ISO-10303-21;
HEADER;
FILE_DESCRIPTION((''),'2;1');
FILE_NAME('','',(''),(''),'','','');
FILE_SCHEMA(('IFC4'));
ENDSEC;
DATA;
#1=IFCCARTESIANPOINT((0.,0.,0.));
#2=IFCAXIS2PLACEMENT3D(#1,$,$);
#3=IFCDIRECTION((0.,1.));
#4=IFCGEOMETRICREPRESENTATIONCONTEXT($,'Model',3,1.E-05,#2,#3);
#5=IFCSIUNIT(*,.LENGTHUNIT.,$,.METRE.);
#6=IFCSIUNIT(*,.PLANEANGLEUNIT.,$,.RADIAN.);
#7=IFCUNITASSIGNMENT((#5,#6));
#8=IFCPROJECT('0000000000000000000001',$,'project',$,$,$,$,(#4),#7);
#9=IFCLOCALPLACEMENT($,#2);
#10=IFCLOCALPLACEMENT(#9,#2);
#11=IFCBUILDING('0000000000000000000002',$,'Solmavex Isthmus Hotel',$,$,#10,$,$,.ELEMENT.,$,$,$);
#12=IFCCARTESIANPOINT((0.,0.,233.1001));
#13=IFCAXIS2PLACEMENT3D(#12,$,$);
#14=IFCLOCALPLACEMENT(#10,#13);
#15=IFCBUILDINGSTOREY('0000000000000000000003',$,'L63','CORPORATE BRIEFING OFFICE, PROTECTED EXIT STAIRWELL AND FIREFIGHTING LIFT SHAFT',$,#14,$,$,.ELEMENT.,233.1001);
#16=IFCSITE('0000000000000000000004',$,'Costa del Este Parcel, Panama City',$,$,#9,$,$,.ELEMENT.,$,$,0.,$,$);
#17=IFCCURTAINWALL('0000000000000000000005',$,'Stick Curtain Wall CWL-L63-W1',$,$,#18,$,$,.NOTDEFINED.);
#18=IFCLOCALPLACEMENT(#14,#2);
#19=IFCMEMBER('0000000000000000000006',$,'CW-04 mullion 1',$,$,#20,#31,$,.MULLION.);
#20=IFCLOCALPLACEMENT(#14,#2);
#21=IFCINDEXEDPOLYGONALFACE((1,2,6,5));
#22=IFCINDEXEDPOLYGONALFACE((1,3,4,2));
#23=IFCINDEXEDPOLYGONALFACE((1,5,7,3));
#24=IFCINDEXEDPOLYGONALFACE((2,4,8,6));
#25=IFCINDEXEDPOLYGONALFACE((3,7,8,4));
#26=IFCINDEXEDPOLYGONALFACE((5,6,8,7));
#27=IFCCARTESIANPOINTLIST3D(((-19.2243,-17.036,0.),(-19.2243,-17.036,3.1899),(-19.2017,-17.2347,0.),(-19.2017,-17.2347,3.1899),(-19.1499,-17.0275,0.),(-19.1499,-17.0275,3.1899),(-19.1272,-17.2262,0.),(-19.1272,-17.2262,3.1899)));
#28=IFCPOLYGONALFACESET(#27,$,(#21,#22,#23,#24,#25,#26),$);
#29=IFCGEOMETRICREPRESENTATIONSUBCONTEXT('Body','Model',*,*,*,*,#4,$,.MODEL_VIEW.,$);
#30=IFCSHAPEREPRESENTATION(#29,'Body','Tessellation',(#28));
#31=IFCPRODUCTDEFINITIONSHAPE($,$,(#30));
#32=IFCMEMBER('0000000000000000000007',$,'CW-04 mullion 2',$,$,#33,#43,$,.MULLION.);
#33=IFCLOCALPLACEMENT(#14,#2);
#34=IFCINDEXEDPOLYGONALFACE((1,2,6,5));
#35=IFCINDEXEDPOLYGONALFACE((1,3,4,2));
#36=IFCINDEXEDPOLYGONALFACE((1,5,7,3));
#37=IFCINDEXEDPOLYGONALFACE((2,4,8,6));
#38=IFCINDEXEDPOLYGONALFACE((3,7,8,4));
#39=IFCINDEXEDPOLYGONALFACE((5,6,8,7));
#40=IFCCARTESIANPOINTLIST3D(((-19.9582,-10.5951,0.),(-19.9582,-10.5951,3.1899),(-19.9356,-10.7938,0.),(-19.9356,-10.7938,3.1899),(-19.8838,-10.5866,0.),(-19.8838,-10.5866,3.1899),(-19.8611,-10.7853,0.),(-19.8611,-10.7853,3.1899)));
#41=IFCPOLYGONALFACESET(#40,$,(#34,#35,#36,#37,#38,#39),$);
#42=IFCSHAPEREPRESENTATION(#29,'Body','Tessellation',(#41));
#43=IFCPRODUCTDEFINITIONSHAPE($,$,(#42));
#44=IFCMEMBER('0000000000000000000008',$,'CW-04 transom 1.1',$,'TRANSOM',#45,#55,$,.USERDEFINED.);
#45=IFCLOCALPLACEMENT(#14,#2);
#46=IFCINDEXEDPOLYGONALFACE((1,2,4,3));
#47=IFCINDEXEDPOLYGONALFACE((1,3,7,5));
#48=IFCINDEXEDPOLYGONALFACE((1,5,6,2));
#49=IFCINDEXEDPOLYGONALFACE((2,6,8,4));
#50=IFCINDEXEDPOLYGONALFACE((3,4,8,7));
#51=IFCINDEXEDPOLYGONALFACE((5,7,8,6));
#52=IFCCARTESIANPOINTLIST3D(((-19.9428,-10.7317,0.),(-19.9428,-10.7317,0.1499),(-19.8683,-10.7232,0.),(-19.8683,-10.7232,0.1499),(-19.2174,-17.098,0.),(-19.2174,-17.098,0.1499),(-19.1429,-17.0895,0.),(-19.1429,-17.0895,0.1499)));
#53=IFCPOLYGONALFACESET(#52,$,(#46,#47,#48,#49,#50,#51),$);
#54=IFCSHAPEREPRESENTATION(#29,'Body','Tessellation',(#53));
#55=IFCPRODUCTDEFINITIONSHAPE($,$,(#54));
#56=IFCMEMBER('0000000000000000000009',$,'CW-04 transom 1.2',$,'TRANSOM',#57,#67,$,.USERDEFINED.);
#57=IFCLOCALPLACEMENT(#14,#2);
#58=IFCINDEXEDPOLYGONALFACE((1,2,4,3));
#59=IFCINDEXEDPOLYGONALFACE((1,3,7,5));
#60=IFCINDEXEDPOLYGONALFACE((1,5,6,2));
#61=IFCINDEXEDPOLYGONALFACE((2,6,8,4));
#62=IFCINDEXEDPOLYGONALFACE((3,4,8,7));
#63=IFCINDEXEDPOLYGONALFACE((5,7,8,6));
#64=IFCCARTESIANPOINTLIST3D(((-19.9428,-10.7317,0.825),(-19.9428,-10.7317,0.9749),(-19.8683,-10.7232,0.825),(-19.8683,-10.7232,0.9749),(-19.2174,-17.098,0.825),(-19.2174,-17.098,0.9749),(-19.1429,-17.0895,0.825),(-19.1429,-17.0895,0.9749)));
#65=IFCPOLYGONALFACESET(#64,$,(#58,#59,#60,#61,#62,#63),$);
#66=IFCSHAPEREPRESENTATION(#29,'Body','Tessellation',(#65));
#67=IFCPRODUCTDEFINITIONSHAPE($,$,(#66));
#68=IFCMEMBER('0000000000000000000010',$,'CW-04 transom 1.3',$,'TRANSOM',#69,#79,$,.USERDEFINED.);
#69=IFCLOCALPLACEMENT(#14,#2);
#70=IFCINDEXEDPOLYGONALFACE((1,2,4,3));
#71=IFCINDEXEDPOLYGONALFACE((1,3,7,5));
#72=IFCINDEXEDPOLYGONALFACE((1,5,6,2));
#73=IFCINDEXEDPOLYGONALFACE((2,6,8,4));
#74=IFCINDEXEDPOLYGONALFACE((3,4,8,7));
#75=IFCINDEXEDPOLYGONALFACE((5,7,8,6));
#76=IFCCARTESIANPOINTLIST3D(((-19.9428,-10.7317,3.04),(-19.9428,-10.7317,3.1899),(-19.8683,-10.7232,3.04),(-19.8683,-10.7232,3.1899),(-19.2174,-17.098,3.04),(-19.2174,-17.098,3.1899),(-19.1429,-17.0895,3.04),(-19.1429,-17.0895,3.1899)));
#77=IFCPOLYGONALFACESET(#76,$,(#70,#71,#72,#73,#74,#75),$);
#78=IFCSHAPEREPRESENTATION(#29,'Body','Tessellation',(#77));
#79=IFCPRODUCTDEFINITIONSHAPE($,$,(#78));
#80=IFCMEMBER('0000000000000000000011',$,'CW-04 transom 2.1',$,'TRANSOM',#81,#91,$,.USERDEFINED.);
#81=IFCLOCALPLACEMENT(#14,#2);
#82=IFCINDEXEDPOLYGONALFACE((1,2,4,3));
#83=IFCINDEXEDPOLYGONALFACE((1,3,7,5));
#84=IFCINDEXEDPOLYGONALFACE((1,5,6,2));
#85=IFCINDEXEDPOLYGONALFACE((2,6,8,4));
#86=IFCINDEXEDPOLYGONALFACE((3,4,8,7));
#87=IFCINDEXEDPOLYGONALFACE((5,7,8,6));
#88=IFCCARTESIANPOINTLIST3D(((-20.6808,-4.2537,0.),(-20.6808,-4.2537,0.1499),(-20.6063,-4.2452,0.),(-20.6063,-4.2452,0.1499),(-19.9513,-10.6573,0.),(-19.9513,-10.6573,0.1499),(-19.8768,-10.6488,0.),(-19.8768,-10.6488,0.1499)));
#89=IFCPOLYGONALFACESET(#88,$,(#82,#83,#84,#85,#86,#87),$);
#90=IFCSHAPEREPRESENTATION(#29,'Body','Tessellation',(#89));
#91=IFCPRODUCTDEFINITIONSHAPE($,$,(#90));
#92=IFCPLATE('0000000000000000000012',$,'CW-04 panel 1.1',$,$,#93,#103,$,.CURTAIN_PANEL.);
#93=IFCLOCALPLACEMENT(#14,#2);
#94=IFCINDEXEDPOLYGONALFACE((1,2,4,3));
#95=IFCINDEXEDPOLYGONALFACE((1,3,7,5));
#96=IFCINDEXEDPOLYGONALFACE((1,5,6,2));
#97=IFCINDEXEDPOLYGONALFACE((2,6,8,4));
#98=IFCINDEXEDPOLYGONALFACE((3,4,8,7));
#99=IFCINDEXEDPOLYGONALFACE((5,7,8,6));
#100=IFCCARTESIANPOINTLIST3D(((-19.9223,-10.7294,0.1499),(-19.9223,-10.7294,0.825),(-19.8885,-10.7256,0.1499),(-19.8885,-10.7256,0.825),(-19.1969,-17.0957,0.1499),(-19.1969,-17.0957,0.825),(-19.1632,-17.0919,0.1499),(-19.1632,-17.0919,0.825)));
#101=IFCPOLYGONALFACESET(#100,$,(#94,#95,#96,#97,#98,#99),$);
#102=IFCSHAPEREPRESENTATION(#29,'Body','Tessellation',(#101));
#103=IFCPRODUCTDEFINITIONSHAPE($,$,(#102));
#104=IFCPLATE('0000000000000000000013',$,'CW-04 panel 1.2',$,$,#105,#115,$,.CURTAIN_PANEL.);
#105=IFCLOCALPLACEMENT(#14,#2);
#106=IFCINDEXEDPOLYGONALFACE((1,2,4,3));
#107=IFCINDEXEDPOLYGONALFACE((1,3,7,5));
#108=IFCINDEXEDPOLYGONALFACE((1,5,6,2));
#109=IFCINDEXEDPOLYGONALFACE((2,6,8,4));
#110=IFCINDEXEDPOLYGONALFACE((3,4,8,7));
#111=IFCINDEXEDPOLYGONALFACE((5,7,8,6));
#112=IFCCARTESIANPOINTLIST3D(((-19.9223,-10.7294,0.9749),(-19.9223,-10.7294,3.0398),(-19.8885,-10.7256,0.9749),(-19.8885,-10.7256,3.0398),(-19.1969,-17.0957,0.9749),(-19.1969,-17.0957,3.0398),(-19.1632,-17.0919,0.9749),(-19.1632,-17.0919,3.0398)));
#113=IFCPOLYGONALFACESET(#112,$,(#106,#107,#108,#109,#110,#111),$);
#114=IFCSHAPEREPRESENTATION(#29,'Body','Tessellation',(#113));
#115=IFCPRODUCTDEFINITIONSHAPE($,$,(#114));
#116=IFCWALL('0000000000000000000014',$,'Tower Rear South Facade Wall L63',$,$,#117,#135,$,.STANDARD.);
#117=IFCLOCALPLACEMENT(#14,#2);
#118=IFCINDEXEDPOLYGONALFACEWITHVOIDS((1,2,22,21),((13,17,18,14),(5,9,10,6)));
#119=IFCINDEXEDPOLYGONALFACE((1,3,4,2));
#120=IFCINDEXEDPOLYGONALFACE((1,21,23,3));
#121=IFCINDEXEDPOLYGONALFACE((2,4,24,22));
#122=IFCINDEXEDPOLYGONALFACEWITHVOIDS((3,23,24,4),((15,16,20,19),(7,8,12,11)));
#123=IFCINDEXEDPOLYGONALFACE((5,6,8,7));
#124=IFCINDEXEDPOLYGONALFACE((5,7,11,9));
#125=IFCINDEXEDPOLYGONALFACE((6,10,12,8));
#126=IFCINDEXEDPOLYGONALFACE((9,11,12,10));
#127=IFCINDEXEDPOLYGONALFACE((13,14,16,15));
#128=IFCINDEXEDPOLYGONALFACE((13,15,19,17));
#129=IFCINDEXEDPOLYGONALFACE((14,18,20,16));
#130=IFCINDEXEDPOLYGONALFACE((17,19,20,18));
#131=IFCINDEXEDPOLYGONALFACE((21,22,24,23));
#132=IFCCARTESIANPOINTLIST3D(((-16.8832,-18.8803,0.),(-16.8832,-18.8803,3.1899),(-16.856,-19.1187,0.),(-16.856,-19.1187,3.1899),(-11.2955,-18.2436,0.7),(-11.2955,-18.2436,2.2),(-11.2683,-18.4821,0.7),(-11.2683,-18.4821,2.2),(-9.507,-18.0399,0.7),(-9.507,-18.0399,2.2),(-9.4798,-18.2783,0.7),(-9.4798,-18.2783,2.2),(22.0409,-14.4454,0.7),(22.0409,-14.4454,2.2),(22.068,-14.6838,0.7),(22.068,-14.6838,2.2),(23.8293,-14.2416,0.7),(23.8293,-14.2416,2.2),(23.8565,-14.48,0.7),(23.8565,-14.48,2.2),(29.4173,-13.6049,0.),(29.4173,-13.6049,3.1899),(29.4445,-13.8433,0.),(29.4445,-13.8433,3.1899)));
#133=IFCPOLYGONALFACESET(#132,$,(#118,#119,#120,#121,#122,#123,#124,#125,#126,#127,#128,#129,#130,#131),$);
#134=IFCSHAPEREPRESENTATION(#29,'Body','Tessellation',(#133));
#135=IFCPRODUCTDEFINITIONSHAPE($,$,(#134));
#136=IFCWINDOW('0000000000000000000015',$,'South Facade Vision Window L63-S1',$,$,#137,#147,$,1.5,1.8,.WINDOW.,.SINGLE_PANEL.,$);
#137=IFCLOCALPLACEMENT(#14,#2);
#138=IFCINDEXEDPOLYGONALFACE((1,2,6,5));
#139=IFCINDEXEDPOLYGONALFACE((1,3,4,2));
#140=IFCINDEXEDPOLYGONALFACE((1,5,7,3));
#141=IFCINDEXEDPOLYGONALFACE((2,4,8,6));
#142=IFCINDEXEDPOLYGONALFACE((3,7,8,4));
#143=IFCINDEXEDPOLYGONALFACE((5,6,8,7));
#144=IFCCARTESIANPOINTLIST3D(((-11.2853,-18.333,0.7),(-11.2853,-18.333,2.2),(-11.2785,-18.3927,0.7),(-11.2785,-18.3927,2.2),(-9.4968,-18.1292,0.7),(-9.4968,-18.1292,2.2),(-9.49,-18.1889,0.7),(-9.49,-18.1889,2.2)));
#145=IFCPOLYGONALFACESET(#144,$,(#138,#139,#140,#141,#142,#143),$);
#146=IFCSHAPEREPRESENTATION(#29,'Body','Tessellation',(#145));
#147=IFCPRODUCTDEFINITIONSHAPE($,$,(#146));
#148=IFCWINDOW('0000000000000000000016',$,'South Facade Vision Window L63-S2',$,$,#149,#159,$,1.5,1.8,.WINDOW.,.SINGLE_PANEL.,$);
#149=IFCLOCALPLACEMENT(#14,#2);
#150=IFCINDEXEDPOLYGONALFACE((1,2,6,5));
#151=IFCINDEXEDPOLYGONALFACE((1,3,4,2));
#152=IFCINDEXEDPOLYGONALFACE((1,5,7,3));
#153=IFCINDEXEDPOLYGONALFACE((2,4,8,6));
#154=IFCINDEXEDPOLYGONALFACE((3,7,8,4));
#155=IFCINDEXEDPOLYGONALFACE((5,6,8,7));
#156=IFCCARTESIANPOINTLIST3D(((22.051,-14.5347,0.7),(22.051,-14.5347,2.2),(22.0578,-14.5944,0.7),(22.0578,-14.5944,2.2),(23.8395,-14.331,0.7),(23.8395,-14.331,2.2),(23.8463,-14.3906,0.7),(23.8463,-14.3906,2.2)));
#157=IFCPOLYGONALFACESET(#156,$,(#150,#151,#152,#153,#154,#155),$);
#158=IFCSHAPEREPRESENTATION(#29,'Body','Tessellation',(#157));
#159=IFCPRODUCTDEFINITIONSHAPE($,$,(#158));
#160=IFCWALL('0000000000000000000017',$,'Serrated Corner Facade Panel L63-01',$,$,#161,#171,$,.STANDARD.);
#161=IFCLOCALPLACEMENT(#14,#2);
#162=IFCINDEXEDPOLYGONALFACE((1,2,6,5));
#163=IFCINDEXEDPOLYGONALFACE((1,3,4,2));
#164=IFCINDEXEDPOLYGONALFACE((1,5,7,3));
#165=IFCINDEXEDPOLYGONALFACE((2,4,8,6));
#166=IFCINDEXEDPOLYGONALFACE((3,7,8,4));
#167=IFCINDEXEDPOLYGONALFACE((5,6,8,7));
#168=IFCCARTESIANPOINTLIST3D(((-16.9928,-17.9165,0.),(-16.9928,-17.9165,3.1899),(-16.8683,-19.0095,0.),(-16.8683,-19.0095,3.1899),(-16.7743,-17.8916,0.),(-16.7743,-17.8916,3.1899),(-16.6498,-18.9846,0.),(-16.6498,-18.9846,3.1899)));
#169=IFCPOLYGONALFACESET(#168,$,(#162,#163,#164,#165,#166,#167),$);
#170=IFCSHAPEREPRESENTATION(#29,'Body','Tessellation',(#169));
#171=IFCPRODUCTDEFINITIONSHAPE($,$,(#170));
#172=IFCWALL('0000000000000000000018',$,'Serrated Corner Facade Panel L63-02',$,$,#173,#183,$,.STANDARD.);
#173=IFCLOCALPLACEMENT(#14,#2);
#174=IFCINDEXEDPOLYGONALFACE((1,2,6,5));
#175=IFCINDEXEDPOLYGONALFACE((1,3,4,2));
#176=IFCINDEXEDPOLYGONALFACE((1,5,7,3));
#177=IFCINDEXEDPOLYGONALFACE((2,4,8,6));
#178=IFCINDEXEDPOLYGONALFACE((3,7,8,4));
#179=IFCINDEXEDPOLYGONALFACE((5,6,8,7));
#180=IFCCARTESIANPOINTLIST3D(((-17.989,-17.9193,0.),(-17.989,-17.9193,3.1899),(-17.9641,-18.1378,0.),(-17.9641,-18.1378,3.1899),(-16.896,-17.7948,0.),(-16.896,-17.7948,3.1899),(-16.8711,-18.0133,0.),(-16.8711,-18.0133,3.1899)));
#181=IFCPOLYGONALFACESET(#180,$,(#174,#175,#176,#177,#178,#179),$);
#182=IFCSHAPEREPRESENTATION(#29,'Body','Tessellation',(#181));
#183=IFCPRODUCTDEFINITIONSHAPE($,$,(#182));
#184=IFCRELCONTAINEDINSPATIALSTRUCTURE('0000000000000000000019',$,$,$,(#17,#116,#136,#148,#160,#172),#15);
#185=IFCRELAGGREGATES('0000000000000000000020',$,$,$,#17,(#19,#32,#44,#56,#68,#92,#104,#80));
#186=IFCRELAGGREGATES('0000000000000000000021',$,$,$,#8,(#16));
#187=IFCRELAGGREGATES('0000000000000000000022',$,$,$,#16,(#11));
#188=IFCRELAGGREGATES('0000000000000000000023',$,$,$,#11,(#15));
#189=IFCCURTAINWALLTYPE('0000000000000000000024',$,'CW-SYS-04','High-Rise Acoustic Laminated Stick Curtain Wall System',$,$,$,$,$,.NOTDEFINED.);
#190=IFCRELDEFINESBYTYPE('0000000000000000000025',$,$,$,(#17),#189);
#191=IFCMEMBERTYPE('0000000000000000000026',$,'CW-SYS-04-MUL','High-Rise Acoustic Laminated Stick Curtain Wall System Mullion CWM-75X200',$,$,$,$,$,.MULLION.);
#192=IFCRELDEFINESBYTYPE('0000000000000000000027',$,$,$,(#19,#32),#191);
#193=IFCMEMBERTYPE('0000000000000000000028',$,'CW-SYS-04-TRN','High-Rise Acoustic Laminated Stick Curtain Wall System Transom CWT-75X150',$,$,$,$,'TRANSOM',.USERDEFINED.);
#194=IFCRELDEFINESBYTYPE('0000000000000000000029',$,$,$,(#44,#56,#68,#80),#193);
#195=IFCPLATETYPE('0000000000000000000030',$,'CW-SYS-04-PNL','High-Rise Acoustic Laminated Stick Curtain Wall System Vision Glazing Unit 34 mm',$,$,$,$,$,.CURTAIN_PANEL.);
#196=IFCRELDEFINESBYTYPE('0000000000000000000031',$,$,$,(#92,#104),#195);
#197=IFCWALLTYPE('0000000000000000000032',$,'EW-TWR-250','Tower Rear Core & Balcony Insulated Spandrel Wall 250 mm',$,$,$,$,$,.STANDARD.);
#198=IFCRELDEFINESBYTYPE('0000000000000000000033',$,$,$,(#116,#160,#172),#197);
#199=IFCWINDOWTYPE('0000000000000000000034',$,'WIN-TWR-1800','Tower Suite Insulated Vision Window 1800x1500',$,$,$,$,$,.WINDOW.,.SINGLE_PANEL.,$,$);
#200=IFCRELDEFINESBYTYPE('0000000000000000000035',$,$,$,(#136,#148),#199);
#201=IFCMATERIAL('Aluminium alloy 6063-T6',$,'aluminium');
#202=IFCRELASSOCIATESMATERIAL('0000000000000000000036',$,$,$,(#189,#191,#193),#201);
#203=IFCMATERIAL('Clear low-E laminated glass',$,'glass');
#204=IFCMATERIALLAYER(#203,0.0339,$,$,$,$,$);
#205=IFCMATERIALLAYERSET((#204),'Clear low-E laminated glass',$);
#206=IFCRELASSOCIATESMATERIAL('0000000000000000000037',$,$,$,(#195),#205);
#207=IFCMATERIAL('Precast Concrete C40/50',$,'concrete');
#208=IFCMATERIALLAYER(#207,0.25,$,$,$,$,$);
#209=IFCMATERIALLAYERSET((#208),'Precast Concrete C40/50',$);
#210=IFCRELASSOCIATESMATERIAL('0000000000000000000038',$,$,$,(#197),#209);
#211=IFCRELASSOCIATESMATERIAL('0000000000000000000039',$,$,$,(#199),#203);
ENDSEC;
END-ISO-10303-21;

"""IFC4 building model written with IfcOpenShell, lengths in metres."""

from ifc_helpers import new_model, si_unit, direction, frame, frame_2d, origin, origin_2d, place, context, subcontext, project, spatial, rectangle, extrude, material, layer, layer_set, material_profile, profile_set, type_object, element, fill, aggregate, save


model = new_model("IFC4")

# Units and contexts
model_context = context("Model", 3, precision=1e-05, world=origin(), true_north=direction((0.0, 1.0)))
body_context = subcontext(model_context, "Body", "Model", "MODEL_VIEW")
ifc_project = project(units=[si_unit("LENGTHUNIT", "METRE"), si_unit("PLANEANGLEUNIT", "RADIAN")], contexts=[model_context])

# Site, building, storey
site_placement = place(None, origin())
site = spatial("IfcSite", under=ifc_project, at=site_placement, Name="Costa del Este Parcel, Panama City", CompositionType="ELEMENT", RefElevation=0.0)
building_placement = place(site_placement, origin())
building = spatial("IfcBuilding", under=site, at=building_placement, Name="Solmavex Isthmus Hotel", CompositionType="ELEMENT")
storey_placement = place(building_placement, frame((0.0, 0.0, 233.1001)))
storey = spatial("IfcBuildingStorey", under=building, at=storey_placement, Name="L63", Description="CORPORATE BRIEFING OFFICE, PROTECTED EXIT STAIRWELL AND FIREFIGHTING LIFT SHAFT", CompositionType="ELEMENT", Elevation=233.1001)

# Curtain wall, members, plates
ifc_material_1 = material(Name="Aluminium alloy 6063-T6", Category="aluminium")
curtain_wall_type = type_object("IfcCurtainWallType", Name="CW-SYS-04", Description="High-Rise Acoustic Laminated Stick Curtain Wall System", PredefinedType="NOTDEFINED", material=ifc_material_1)
curtain_wall_placement = place(storey_placement, origin())
curtain_wall = element("IfcCurtainWall", 1, at=curtain_wall_placement, inside=storey, type_object=curtain_wall_type, Name="Stick Curtain Wall CWL-L63-W1", PredefinedType="NOTDEFINED")
ifc_material_profile_1 = material_profile(ifc_material_1, rectangle(XDim=0.075, YDim=0.2, at=origin_2d()), Name="CWM-75X200")
ifc_profile_set_1 = profile_set([ifc_material_profile_1], Name="Aluminium alloy 6063-T6")
member_type_1 = type_object("IfcMemberType", Name="CW-SYS-04-MUL", Description="High-Rise Acoustic Laminated Stick Curtain Wall System Mullion CWM-75X200", PredefinedType="MULLION", material=ifc_profile_set_1)
member_1_placement = place(storey_placement, frame((-19.1758, -17.1311, 0.0), z_axis=(0.0, 0.0, 1.0), x_axis=(-0.993572, -0.113203, 0.0)))
member_1 = element("IfcMember", 2, at=member_1_placement, type_object=member_type_1, Name="CW-04 mullion 1", PredefinedType="MULLION", context=body_context, shape_type="SweptSolid", body=[
    extrude(rectangle(XDim=0.075, YDim=0.2, at=origin_2d()), origin(), (0.0, 0.0, 1.0), 3.1899),
])
member_2_placement = place(storey_placement, frame((-19.9097, -10.6902, 0.0), z_axis=(0.0, 0.0, 1.0), x_axis=(-0.993572, -0.113203, 0.0)))
member_2 = element("IfcMember", 3, at=member_2_placement, type_object=member_type_1, Name="CW-04 mullion 2", PredefinedType="MULLION", context=body_context, shape_type="SweptSolid", body=[
    extrude(rectangle(XDim=0.075, YDim=0.2, at=origin_2d()), origin(), (0.0, 0.0, 1.0), 3.1899),
])
ifc_material_profile_2 = material_profile(ifc_material_1, rectangle(XDim=0.075, YDim=0.1499, at=origin_2d()), Name="CWT-75X150")
ifc_profile_set_2 = profile_set([ifc_material_profile_2], Name="Aluminium alloy 6063-T6")
member_type_2 = type_object("IfcMemberType", Name="CW-SYS-04-TRN", Description="High-Rise Acoustic Laminated Stick Curtain Wall System Transom CWT-75X150", ElementType="TRANSOM", PredefinedType="USERDEFINED", material=ifc_profile_set_2)
member_3_placement = place(storey_placement, frame((-19.1802, -17.0938, 0.075), z_axis=(-0.113204, 0.993572, 0.0), x_axis=(-0.993572, -0.113204, 0.0)))
member_3 = element("IfcMember", 4, at=member_3_placement, type_object=member_type_2, Name="CW-04 transom 1.1", ObjectType="TRANSOM", PredefinedType="USERDEFINED", context=body_context, shape_type="SweptSolid", body=[
    extrude(rectangle(XDim=0.075, YDim=0.1499, at=origin_2d()), origin(), (0.0, 0.0, 1.0), 6.4075),
])
member_4_placement = place(storey_placement, frame((-19.1802, -17.0938, 0.8999), z_axis=(-0.113204, 0.993572, 0.0), x_axis=(-0.993572, -0.113204, 0.0)))
member_4 = element("IfcMember", 5, at=member_4_placement, type_object=member_type_2, Name="CW-04 transom 1.2", ObjectType="TRANSOM", PredefinedType="USERDEFINED", context=body_context, shape_type="SweptSolid", body=[
    extrude(rectangle(XDim=0.075, YDim=0.1499, at=origin_2d()), origin(), (0.0, 0.0, 1.0), 6.4075),
])
member_5_placement = place(storey_placement, frame((-19.1802, -17.0938, 3.115), z_axis=(-0.113204, 0.993572, 0.0), x_axis=(-0.993572, -0.113204, 0.0)))
member_5 = element("IfcMember", 6, at=member_5_placement, type_object=member_type_2, Name="CW-04 transom 1.3", ObjectType="TRANSOM", PredefinedType="USERDEFINED", context=body_context, shape_type="SweptSolid", body=[
    extrude(rectangle(XDim=0.075, YDim=0.1499, at=origin_2d()), origin(), (0.0, 0.0, 1.0), 6.4075),
])
member_6_placement = place(storey_placement, frame((-19.9141, -10.6531, 0.075), z_axis=(-0.113188, 0.993574, 0.0), x_axis=(-0.993574, -0.113188, 0.0)))
member_6 = element("IfcMember", 7, at=member_6_placement, type_object=member_type_2, Name="CW-04 transom 2.1", ObjectType="TRANSOM", PredefinedType="USERDEFINED", context=body_context, shape_type="SweptSolid", body=[
    extrude(rectangle(XDim=0.075, YDim=0.1499, at=origin_2d()), origin(), (0.0, 0.0, 1.0), 6.4451),
])
ifc_material_2 = material(Name="Clear low-E laminated glass", Category="glass")
ifc_layer_1 = layer(ifc_material_2, 0.0339)
ifc_layer_set_1 = layer_set([ifc_layer_1], Name="Clear low-E laminated glass")
plate_type = type_object("IfcPlateType", Name="CW-SYS-04-PNL", Description="High-Rise Acoustic Laminated Stick Curtain Wall System Vision Glazing Unit 34 mm", PredefinedType="CURTAIN_PANEL", material=ifc_layer_set_1)
plate_1_placement = place(storey_placement, frame((-19.5427, -13.9106, 0.1499), z_axis=(0.0, 0.0, 1.0), x_axis=(-0.113203, 0.993572, 0.0)))
plate_1 = element("IfcPlate", 8, at=plate_1_placement, type_object=plate_type, Name="CW-04 panel 1.1", PredefinedType="CURTAIN_PANEL", context=body_context, shape_type="SweptSolid", body=[
    extrude(rectangle(XDim=6.4075, YDim=0.0339, at=origin_2d()), origin(), (0.0, 0.0, 1.0), 0.675),
])
plate_2_placement = place(storey_placement, frame((-19.5427, -13.9106, 0.9749), z_axis=(0.0, 0.0, 1.0), x_axis=(-0.113203, 0.993572, 0.0)))
plate_2 = element("IfcPlate", 9, at=plate_2_placement, type_object=plate_type, Name="CW-04 panel 1.2", PredefinedType="CURTAIN_PANEL", context=body_context, shape_type="SweptSolid", body=[
    extrude(rectangle(XDim=6.4075, YDim=0.0339, at=origin_2d()), origin(), (0.0, 0.0, 1.0), 2.0649),
])
aggregate(curtain_wall, [member_1, member_2, member_3, member_4, member_5, plate_1, plate_2, member_6])

# Wall, openings, windows
ifc_material_3 = material(Name="Precast Concrete C40/50", Category="concrete")
ifc_layer_2 = layer(ifc_material_3, 0.25)
ifc_layer_set_2 = layer_set([ifc_layer_2], Name="Precast Concrete C40/50")
wall_type_1 = type_object("IfcWallType", Name="EW-TWR-250", Description="Tower Rear Core & Balcony Insulated Spandrel Wall 250 mm", PredefinedType="STANDARD", material=ifc_layer_set_2)
wall_1_placement = place(storey_placement, frame((-16.8696, -18.9995, 0.0), z_axis=(0.0, 0.0, 1.0), x_axis=(0.993572, 0.113206, 0.0)))
wall_1 = element("IfcWall", 10, at=wall_1_placement, inside=storey, type_object=wall_type_1, Name="Tower Rear South Facade Wall L63", PredefinedType="STANDARD", context=body_context, shape_type="SweptSolid", body=[
    extrude(rectangle(XDim=46.6001, YDim=0.24, at=frame_2d((23.3, 0.0))), origin(), (0.0, 0.0, 1.0), 3.1899),
])
opening_1_placement = place(wall_1_placement, frame((5.624, 0.0, 0.7)))
opening_1 = element("IfcOpeningElement", 11, at=opening_1_placement, cuts=wall_1, PredefinedType="OPENING", context=body_context, shape_type="SweptSolid", body=[
    extrude(rectangle(XDim=1.8, YDim=1.5, at=frame_2d((0.8999, 0.75))), frame((0.0, 0.1299, 0.0), z_axis=(0.0, -1.0, 0.0), x_axis=(1.0, 0.0, 0.0)), (0.0, 0.0, 1.0), 0.26),
])
opening_2_placement = place(wall_1_placement, frame((39.176, 0.0, 0.7)))
opening_2 = element("IfcOpeningElement", 12, at=opening_2_placement, cuts=wall_1, PredefinedType="OPENING", context=body_context, shape_type="SweptSolid", body=[
    extrude(rectangle(XDim=1.8, YDim=1.5, at=frame_2d((0.8999, 0.75))), frame((0.0, 0.1299, 0.0), z_axis=(0.0, -1.0, 0.0), x_axis=(1.0, 0.0, 0.0)), (0.0, 0.0, 1.0), 0.26),
])
window_type = type_object("IfcWindowType", Name="WIN-TWR-1800", Description="Tower Suite Insulated Vision Window 1800x1500", PartitioningType="SINGLE_PANEL", PredefinedType="WINDOW", material=ifc_material_2)
window_1_placement = place(opening_1_placement, origin())
window_1 = element("IfcWindow", 13, at=window_1_placement, inside=storey, type_object=window_type, Name="South Facade Vision Window L63-S1", OverallHeight=1.5, OverallWidth=1.8, PartitioningType="SINGLE_PANEL", PredefinedType="WINDOW", context=body_context, shape_type="SweptSolid", body=[
    extrude(rectangle(XDim=1.8, YDim=1.5, at=frame_2d((0.8999, 0.75))), frame((0.0, 0.03, 0.0), z_axis=(0.0, -1.0, 0.0), x_axis=(1.0, 0.0, 0.0)), (0.0, 0.0, 1.0), 0.0601),
])
fill(opening_1, window_1)
window_2_placement = place(opening_2_placement, origin())
window_2 = element("IfcWindow", 14, at=window_2_placement, inside=storey, type_object=window_type, Name="South Facade Vision Window L63-S2", OverallHeight=1.5, OverallWidth=1.8, PartitioningType="SINGLE_PANEL", PredefinedType="WINDOW", context=body_context, shape_type="SweptSolid", body=[
    extrude(rectangle(XDim=1.8, YDim=1.5, at=frame_2d((0.8999, 0.75))), frame((0.0, 0.03, 0.0), z_axis=(0.0, -1.0, 0.0), x_axis=(1.0, 0.0, 0.0)), (0.0, 0.0, 1.0), 0.0601),
])
fill(opening_2, window_2)

# Walls
for number, where, z_axis, x_axis, name in (
    (15, (-16.759, -18.9971, 0.0), (0.0, 0.0, 1.0), (-0.113184, 0.993574, 0.0), "Serrated Corner Facade Panel L63-01"),
    (16, (-16.8835, -17.9041, 0.0), (0.0, 0.0, 1.0), (-0.993574, -0.113184, 0.0), "Serrated Corner Facade Panel L63-02"),
):
    element("IfcWall", number, at=place(storey_placement, frame(where, z_axis=z_axis, x_axis=x_axis)), inside=storey, type_object=wall_type_1, Name=name, PredefinedType="STANDARD", context=body_context, shape_type="SweptSolid", body=[
        extrude(rectangle(XDim=1.1001, YDim=0.22, at=frame_2d((0.55, 0.0))), origin(), (0.0, 0.0, 1.0), 3.1899),
    ])

save(model, "model.ifc")
